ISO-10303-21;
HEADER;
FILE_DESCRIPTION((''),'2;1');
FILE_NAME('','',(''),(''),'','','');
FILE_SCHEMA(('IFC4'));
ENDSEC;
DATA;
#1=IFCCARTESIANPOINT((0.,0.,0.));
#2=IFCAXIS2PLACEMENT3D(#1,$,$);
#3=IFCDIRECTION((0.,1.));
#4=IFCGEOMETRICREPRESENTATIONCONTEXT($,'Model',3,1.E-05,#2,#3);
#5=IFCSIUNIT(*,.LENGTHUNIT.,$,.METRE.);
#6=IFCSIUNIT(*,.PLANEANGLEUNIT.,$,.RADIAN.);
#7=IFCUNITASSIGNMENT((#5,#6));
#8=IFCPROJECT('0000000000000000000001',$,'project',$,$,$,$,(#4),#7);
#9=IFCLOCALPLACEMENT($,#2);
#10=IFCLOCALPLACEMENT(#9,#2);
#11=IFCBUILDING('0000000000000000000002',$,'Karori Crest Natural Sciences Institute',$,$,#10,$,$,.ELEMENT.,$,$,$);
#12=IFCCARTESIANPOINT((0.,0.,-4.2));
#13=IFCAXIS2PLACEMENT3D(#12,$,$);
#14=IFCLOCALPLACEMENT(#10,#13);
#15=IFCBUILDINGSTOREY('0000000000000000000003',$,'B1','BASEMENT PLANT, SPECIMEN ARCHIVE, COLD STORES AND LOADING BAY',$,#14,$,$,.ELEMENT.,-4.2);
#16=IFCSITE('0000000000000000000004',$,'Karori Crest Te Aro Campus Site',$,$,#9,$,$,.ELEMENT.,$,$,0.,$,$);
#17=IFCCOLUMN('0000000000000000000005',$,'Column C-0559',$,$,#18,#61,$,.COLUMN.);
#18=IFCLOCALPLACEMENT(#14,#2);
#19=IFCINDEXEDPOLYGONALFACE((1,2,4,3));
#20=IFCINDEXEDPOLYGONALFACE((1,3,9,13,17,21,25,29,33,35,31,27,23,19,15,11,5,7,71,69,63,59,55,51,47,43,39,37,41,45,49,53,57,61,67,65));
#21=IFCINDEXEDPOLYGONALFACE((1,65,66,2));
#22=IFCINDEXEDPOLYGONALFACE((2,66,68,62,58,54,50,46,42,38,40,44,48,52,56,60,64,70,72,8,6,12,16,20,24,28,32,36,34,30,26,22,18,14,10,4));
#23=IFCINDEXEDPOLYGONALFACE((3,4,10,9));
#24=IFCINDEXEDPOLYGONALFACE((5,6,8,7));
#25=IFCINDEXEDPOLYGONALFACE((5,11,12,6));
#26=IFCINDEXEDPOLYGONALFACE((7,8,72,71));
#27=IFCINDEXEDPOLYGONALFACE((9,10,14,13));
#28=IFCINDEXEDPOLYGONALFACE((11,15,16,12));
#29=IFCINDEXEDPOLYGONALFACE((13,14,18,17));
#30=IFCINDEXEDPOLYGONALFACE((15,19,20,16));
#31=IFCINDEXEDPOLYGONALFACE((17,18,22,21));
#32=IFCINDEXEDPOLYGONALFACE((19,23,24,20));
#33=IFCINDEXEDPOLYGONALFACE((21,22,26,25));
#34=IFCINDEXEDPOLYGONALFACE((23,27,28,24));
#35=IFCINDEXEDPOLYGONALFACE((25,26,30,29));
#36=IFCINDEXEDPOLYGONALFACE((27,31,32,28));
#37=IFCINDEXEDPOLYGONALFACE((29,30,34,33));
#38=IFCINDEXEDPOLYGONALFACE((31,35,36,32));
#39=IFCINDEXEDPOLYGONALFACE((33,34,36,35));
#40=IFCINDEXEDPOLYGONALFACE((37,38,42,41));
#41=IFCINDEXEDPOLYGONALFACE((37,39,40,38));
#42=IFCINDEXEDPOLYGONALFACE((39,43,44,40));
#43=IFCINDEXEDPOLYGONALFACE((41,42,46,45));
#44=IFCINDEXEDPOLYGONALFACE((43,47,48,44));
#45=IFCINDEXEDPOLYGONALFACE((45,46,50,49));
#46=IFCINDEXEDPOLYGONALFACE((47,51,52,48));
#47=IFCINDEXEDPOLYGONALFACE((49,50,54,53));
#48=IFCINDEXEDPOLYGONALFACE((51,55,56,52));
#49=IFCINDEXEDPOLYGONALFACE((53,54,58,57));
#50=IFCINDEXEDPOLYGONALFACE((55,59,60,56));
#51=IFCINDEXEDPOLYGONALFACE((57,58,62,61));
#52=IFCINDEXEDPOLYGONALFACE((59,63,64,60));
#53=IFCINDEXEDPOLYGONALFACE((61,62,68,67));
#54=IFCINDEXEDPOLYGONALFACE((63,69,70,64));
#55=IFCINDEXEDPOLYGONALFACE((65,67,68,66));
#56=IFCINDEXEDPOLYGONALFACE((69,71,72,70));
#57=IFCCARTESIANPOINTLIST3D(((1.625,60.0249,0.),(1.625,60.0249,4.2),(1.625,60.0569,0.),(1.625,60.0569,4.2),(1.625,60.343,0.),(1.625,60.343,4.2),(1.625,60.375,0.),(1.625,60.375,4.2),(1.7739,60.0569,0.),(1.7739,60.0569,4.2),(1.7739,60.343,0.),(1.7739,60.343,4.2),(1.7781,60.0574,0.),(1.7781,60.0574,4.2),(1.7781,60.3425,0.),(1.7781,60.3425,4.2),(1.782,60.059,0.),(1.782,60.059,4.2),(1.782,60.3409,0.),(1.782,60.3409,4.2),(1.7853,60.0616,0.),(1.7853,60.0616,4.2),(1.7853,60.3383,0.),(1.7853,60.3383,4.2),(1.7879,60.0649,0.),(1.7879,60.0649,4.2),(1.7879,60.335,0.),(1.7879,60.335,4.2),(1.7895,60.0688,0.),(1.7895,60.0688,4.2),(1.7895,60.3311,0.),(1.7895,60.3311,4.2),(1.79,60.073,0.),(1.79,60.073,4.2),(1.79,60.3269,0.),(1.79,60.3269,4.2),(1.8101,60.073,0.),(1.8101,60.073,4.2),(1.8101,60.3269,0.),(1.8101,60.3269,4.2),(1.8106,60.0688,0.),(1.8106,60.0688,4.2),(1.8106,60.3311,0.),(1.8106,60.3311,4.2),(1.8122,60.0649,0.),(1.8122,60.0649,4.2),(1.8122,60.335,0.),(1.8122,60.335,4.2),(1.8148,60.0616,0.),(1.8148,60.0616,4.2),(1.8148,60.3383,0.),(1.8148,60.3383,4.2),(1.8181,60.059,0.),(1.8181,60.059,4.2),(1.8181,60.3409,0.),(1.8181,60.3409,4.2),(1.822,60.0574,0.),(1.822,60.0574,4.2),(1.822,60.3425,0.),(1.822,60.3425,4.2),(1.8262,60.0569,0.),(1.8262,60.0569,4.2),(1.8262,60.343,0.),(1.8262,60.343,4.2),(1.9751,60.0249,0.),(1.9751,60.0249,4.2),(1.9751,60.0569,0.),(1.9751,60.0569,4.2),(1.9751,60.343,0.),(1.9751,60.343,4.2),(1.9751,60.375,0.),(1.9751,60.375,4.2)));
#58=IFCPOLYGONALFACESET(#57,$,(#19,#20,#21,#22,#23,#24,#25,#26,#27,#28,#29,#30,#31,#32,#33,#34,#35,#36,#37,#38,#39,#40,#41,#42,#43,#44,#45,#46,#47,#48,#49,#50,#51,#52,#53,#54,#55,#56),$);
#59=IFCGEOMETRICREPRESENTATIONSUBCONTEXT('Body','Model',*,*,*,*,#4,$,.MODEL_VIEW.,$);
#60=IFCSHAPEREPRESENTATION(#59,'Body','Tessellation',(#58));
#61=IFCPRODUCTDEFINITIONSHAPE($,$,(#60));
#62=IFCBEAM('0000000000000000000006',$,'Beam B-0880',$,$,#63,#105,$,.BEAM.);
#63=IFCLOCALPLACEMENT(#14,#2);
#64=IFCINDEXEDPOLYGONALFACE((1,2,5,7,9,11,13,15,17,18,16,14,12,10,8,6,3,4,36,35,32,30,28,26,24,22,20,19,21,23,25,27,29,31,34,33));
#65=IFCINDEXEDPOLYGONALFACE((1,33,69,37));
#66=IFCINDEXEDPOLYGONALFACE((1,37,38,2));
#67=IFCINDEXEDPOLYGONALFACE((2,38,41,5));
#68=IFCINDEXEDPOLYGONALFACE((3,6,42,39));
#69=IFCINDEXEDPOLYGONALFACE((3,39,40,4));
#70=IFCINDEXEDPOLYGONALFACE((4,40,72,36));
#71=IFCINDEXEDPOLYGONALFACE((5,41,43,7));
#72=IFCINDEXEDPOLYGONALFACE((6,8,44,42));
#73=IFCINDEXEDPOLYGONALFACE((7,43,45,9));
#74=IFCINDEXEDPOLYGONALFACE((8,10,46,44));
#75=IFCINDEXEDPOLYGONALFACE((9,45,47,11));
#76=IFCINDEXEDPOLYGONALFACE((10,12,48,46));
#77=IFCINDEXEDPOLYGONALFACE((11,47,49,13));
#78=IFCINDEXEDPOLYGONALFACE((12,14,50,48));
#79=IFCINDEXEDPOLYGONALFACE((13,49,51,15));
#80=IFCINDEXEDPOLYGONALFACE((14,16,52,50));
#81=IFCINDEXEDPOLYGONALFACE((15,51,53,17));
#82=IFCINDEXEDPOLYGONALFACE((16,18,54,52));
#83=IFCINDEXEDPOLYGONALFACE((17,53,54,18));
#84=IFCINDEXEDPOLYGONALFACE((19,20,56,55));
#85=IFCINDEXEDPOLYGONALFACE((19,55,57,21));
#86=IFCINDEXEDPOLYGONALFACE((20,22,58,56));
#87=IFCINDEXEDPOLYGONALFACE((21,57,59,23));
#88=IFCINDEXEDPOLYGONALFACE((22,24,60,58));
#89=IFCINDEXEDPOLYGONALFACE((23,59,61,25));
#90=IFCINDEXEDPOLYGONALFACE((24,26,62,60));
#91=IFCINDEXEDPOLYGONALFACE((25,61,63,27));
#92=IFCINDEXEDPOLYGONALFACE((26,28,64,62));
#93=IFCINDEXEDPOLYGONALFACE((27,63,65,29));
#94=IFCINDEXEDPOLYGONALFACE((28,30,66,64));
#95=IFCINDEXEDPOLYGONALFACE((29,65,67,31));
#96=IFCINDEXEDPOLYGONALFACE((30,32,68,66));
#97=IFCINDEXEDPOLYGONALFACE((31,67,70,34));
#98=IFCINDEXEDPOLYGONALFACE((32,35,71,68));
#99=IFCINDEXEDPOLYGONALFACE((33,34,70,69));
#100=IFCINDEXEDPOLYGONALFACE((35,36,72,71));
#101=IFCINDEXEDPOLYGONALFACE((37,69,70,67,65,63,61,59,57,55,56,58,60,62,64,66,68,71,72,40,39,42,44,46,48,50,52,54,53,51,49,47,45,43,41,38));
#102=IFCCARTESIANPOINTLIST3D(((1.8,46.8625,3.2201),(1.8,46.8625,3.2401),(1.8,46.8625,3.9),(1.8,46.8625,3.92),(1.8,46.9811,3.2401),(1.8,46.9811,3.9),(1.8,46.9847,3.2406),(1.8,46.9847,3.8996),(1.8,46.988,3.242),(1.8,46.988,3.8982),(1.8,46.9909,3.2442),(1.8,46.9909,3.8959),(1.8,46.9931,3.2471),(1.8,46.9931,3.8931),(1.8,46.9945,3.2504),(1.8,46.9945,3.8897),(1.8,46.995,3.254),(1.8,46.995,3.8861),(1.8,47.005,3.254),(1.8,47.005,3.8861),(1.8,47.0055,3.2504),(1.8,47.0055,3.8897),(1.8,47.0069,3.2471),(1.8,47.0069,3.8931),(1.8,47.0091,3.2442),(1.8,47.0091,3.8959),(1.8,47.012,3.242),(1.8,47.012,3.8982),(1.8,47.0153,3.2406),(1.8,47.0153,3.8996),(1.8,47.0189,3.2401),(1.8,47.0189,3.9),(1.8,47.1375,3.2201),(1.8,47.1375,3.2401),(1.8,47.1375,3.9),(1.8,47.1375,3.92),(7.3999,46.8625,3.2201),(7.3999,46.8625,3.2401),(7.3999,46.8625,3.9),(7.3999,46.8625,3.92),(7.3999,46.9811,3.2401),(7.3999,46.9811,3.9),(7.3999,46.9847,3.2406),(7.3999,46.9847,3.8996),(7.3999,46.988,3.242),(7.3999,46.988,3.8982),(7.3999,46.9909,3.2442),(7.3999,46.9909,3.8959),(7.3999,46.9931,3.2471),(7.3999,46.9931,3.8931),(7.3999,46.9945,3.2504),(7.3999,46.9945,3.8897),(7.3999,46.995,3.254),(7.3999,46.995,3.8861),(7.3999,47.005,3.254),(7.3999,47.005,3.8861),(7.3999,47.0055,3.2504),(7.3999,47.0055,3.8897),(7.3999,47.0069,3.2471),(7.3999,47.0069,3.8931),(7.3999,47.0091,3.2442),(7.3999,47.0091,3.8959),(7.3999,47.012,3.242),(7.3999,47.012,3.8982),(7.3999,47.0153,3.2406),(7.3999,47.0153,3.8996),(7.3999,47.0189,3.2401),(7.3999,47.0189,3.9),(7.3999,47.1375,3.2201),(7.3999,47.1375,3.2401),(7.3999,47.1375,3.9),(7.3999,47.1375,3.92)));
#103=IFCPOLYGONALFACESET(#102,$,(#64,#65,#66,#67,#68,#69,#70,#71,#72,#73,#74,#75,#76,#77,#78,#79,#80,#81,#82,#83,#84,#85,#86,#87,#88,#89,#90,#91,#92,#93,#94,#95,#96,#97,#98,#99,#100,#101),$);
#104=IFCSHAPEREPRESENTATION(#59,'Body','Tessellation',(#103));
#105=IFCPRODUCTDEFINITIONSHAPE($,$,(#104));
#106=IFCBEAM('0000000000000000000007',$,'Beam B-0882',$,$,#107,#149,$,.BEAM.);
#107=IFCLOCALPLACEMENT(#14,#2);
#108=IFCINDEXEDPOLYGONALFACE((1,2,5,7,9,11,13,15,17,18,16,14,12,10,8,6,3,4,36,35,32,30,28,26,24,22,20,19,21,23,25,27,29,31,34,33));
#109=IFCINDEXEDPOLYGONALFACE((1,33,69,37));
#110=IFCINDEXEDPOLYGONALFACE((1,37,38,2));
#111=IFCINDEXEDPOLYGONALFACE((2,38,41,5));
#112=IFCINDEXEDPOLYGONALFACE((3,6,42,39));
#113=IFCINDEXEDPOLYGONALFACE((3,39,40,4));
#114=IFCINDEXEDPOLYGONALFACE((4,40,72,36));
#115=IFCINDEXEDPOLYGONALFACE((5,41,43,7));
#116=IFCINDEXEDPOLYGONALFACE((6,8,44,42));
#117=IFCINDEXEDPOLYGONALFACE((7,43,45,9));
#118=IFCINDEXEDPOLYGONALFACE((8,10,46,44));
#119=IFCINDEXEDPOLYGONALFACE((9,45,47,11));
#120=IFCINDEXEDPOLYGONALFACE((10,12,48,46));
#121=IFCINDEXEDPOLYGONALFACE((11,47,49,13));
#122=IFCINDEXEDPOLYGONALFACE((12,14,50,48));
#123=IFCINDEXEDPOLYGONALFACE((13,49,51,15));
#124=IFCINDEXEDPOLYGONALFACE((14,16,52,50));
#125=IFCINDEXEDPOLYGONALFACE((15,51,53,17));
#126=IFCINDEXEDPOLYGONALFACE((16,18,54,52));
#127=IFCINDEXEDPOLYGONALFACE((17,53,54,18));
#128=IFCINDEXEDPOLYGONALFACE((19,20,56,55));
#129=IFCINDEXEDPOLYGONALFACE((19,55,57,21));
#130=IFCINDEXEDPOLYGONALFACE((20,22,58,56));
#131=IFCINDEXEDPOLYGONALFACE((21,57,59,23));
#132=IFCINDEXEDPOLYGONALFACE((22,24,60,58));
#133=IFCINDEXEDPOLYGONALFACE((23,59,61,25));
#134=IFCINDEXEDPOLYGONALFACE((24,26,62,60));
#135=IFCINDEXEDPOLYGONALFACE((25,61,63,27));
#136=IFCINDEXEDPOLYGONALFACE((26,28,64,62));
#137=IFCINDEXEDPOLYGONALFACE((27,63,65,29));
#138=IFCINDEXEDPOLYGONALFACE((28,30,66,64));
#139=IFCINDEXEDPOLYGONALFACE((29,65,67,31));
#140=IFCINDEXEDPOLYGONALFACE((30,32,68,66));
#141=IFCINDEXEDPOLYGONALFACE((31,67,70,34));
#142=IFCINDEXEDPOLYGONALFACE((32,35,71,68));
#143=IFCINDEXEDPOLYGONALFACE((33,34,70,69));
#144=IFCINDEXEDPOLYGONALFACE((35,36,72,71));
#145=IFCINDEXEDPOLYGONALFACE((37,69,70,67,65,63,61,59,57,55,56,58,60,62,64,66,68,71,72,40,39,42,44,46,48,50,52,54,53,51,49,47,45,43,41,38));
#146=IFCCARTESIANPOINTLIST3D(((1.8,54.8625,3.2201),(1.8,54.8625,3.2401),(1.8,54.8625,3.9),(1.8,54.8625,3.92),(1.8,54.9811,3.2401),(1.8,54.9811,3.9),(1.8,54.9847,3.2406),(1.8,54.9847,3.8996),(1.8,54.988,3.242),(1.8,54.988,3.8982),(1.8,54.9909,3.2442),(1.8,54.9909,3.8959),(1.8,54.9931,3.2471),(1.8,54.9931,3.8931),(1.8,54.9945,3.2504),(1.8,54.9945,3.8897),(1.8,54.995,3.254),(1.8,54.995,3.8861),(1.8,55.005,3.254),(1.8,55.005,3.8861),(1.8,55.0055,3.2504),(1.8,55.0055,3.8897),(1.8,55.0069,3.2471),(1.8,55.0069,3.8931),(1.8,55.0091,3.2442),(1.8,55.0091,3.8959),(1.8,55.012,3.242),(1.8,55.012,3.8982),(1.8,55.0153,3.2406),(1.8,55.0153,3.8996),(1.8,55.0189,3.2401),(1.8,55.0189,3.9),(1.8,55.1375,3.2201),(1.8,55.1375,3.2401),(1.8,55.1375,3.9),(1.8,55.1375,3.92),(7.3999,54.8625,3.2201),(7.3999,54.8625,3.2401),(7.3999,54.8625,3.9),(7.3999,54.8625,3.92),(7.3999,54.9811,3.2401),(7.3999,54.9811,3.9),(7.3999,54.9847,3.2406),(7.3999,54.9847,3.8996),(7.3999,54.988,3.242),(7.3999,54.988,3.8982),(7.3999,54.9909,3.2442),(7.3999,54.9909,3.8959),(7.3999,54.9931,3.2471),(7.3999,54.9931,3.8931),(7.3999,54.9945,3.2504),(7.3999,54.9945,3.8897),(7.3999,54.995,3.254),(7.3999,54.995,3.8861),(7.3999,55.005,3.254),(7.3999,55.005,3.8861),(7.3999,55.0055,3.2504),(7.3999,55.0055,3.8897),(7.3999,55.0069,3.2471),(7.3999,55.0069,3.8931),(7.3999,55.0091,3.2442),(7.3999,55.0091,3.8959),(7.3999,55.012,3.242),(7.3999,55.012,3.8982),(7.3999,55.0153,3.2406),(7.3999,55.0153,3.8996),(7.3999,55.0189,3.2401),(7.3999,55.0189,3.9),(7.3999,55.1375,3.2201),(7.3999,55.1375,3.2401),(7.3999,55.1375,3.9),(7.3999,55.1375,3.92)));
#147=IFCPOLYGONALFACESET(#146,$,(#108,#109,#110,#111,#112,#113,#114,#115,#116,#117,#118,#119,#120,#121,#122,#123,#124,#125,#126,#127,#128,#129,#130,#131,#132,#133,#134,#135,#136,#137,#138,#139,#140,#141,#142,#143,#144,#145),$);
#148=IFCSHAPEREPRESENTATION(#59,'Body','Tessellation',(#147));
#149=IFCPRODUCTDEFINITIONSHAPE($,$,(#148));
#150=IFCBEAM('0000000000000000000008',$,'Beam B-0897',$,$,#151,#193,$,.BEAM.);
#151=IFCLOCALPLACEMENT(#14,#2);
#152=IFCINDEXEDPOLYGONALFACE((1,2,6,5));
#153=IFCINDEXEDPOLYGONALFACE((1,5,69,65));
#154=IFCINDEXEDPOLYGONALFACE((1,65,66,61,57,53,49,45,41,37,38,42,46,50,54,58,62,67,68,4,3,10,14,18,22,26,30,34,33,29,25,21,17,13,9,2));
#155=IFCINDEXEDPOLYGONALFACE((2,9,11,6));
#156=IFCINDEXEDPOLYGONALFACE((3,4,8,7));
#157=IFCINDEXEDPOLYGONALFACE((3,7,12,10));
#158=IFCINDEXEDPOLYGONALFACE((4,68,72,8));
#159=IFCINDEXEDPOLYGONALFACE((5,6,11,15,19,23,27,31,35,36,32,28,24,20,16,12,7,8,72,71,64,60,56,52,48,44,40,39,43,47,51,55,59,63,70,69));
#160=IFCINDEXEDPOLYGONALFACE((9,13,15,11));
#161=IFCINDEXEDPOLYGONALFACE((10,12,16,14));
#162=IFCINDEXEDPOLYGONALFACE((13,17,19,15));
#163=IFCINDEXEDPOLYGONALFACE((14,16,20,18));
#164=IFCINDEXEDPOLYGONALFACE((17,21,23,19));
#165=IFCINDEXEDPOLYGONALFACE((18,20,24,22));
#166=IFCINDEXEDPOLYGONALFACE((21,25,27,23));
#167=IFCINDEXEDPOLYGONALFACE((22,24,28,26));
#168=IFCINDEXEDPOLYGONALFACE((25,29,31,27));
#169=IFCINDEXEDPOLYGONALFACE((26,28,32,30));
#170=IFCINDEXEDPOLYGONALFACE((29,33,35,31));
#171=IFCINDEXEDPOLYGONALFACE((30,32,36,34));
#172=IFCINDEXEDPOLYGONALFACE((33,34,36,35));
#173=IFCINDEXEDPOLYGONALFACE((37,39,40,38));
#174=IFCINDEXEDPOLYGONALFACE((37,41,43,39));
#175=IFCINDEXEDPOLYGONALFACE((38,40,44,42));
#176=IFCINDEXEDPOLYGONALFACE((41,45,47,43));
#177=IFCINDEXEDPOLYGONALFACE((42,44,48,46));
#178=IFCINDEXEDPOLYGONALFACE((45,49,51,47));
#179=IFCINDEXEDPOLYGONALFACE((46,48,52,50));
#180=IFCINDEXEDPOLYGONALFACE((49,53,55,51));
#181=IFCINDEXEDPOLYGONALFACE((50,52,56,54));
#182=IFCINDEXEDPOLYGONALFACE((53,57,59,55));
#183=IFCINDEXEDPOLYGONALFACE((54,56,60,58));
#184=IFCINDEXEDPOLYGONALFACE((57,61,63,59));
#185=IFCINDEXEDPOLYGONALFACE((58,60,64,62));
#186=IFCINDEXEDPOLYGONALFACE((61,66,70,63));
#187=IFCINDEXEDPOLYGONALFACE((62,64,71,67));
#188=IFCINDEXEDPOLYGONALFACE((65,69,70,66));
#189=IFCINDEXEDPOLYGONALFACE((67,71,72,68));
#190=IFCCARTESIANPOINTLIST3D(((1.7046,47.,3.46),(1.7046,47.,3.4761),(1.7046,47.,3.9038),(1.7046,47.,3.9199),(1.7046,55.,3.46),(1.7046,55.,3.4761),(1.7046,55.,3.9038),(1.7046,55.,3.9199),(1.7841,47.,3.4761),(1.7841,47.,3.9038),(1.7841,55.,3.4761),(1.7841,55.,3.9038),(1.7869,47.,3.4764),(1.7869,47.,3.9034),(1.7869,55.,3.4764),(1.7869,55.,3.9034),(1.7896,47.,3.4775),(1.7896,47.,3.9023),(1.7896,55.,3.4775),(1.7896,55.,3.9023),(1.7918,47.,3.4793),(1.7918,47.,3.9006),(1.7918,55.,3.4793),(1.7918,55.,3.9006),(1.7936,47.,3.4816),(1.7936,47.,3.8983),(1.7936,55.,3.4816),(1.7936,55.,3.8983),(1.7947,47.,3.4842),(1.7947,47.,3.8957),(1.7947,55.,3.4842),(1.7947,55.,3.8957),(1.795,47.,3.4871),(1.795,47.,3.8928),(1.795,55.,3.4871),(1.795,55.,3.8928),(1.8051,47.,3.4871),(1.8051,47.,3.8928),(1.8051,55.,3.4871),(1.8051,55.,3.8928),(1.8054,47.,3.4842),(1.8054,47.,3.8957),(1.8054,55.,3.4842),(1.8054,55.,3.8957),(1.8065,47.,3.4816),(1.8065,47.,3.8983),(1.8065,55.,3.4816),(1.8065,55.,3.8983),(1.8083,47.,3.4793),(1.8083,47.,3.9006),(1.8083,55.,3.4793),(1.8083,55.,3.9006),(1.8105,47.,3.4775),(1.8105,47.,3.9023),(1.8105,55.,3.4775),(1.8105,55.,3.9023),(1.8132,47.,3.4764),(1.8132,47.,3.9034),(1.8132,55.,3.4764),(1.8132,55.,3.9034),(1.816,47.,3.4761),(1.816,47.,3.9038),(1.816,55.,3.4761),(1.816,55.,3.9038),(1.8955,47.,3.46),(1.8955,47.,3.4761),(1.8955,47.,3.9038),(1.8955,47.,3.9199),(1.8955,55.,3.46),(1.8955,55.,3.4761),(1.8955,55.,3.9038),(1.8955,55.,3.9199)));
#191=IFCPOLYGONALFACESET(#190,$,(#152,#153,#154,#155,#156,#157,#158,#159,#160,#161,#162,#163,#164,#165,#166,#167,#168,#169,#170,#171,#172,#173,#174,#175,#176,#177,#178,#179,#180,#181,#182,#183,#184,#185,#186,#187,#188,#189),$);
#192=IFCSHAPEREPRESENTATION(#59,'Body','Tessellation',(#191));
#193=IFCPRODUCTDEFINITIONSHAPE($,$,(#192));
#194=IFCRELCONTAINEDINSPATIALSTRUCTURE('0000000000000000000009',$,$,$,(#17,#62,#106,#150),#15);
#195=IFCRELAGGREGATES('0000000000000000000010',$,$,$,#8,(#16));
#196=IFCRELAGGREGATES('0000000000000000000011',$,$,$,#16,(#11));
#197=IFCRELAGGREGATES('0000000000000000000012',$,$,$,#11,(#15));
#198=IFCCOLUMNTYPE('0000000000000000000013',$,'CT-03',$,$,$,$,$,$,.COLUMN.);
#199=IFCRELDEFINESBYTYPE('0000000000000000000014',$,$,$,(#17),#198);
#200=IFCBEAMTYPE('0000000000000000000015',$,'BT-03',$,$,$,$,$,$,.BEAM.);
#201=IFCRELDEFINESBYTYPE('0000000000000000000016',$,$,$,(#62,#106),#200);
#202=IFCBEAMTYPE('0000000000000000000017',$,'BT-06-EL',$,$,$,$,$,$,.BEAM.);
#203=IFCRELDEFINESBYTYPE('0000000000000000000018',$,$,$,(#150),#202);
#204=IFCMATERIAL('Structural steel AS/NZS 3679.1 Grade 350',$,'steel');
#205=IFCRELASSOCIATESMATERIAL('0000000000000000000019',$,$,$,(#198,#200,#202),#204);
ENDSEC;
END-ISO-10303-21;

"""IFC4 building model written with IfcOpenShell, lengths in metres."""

from ifc_helpers import new_model, si_unit, direction, frame, origin, origin_2d, place, context, subcontext, project, spatial, i_section, extrude, material, material_profile, profile_set, type_object, element, save


model = new_model("IFC4")

# Units and contexts
model_context = context("Model", 3, precision=1e-05, world=origin(), true_north=direction((0.0, 1.0)))
body_context = subcontext(model_context, "Body", "Model", "MODEL_VIEW")
ifc_project = project(units=[si_unit("LENGTHUNIT", "METRE"), si_unit("PLANEANGLEUNIT", "RADIAN")], contexts=[model_context])

# Site, building, storey
site_placement = place(None, origin())
site = spatial("IfcSite", under=ifc_project, at=site_placement, Name="Karori Crest Te Aro Campus Site", CompositionType="ELEMENT", RefElevation=0.0)
building_placement = place(site_placement, origin())
building = spatial("IfcBuilding", under=site, at=building_placement, Name="Karori Crest Natural Sciences Institute", CompositionType="ELEMENT")
storey_placement = place(building_placement, frame((0.0, 0.0, -4.2)))
storey = spatial("IfcBuildingStorey", under=building, at=storey_placement, Name="B1", Description="BASEMENT PLANT, SPECIMEN ARCHIVE, COLD STORES AND LOADING BAY", CompositionType="ELEMENT", Elevation=-4.2)

# Column
ifc_material_1 = material(Name="Structural steel AS/NZS 3679.1 Grade 350", Category="steel")
ifc_material_profile_1 = material_profile(ifc_material_1, i_section(OverallWidth=0.3501, OverallDepth=0.3501, WebThickness=0.02, FlangeThickness=0.032, FilletRadius=0.0161, at=origin_2d()), Name="350WC280")
ifc_profile_set_1 = profile_set([ifc_material_profile_1], Name="Structural steel AS/NZS 3679.1 Grade 350")
column_type = type_object("IfcColumnType", Name="CT-03", PredefinedType="COLUMN", material=ifc_profile_set_1)
for number, where, z_axis, x_axis, name in (
    (1, (1.8, 60.2, 0.0), (0.0, 0.0, 1.0), (1.0, 0.0, 0.0), "Column C-0559"),
):
    element("IfcColumn", number, at=place(storey_placement, frame(where, z_axis=z_axis, x_axis=x_axis)), inside=storey, type_object=column_type, Name=name, PredefinedType="COLUMN", context=body_context, shape_type="SweptSolid", body=[
        extrude(i_section(OverallWidth=0.3501, OverallDepth=0.3501, WebThickness=0.02, FlangeThickness=0.032, FilletRadius=0.0161, at=origin_2d()), origin(), (0.0, 0.0, 1.0), 4.2),
    ])

# Beams
ifc_material_profile_2 = material_profile(ifc_material_1, i_section(OverallWidth=0.2749, OverallDepth=0.7, WebThickness=0.01, FlangeThickness=0.02, FilletRadius=0.0139, at=origin_2d()), Name="700WB150")
ifc_profile_set_2 = profile_set([ifc_material_profile_2], Name="Structural steel AS/NZS 3679.1 Grade 350")
beam_type_1 = type_object("IfcBeamType", Name="BT-03", PredefinedType="BEAM", material=ifc_profile_set_2)
for number, where, z_axis, x_axis, name in (
    (2, (1.8, 47.0, 3.5701), (1.0, 0.0, 0.0), (0.0, 1.0, 0.0), "Beam B-0880"),
    (3, (1.8, 55.0, 3.5701), (1.0, 0.0, 0.0), (0.0, 1.0, 0.0), "Beam B-0882"),
):
    element("IfcBeam", number, at=place(storey_placement, frame(where, z_axis=z_axis, x_axis=x_axis)), inside=storey, type_object=beam_type_1, Name=name, PredefinedType="BEAM", context=body_context, shape_type="SweptSolid", body=[
        extrude(i_section(OverallWidth=0.2749, OverallDepth=0.7, WebThickness=0.01, FlangeThickness=0.02, FilletRadius=0.0139, at=origin_2d()), origin(), (0.0, 0.0, 1.0), 5.5999),
    ])
ifc_material_profile_3 = material_profile(ifc_material_1, i_section(OverallWidth=0.1909, OverallDepth=0.46, WebThickness=0.01, FlangeThickness=0.0161, FilletRadius=0.011, at=origin_2d()), Name="460UB82.1")
ifc_profile_set_3 = profile_set([ifc_material_profile_3], Name="Structural steel AS/NZS 3679.1 Grade 350")
beam_type_2 = type_object("IfcBeamType", Name="BT-06-EL", PredefinedType="BEAM", material=ifc_profile_set_3)
beam_1_placement = place(storey_placement, frame((1.8, 47.0, 3.6899), z_axis=(0.0, 1.0, 0.0), x_axis=(-1.0, 0.0, 0.0)))
element("IfcBeam", 4, at=beam_1_placement, inside=storey, type_object=beam_type_2, Name="Beam B-0897", PredefinedType="BEAM", context=body_context, shape_type="SweptSolid", body=[
    extrude(i_section(OverallWidth=0.1909, OverallDepth=0.46, WebThickness=0.01, FlangeThickness=0.0161, FilletRadius=0.011, at=origin_2d()), origin(), (0.0, 0.0, 1.0), 8.0),
])

save(model, "model.ifc")
